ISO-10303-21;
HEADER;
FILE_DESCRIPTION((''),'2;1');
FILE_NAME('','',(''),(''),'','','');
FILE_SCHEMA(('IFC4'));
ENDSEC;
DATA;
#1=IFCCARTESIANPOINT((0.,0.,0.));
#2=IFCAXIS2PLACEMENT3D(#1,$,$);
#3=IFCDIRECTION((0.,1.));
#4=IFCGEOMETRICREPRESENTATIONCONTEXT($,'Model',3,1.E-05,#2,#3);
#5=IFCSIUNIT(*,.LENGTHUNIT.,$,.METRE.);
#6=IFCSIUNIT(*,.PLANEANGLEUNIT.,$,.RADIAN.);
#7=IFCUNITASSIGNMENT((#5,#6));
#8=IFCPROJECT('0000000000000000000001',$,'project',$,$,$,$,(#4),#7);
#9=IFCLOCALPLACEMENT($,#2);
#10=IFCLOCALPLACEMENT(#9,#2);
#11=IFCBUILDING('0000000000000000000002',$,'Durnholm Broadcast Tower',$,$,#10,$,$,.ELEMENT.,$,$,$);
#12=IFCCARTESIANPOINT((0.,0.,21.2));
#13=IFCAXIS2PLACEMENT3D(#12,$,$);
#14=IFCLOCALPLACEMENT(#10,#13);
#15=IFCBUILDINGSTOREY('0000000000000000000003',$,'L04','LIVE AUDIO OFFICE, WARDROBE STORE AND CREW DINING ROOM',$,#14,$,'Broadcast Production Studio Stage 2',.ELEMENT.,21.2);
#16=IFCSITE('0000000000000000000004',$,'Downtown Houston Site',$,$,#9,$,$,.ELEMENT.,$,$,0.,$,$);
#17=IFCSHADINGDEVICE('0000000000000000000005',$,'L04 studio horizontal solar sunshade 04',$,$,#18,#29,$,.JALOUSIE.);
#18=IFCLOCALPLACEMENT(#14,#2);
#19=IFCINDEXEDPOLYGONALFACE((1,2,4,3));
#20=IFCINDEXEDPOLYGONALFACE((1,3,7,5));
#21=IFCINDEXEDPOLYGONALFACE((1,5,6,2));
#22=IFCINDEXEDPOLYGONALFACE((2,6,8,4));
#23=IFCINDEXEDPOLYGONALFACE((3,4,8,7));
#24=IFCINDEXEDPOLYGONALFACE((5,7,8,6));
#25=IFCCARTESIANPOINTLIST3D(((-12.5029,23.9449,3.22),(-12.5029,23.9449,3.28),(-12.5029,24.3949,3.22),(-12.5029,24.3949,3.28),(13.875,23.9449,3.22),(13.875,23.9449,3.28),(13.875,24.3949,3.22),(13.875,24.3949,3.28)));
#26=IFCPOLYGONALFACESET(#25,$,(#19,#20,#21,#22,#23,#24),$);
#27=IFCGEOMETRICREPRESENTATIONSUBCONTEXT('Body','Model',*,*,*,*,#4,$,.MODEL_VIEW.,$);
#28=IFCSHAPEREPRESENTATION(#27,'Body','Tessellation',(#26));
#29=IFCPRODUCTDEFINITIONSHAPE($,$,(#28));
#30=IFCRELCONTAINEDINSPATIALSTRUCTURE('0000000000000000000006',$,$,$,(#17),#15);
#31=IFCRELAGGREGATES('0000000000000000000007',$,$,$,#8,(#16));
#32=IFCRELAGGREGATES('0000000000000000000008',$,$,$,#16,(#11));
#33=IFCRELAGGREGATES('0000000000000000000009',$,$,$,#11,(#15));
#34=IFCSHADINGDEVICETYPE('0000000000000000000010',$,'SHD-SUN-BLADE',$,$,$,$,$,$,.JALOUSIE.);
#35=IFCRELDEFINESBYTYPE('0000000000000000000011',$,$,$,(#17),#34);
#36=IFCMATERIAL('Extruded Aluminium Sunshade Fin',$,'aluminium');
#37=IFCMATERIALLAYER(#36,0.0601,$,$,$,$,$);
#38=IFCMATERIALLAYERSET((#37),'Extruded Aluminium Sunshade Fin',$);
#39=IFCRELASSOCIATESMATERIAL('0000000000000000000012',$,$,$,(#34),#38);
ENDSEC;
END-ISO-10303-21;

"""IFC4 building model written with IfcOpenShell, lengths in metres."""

from ifc_helpers import new_model, si_unit, direction, frame, origin, origin_2d, place, context, subcontext, project, spatial, rectangle, extrude, source, transform, mapped, material, layer, layer_set, type_object, type_shapes, element, save


model = new_model("IFC4")

# Units and contexts
model_context = context("Model", 3, precision=1e-05, world=origin(), true_north=direction((0.0, 1.0)))
body_context = subcontext(model_context, "Body", "Model", "MODEL_VIEW")
ifc_project = project(units=[si_unit("LENGTHUNIT", "METRE"), si_unit("PLANEANGLEUNIT", "RADIAN")], contexts=[model_context])

# Site, building, storey
site_placement = place(None, origin())
site = spatial("IfcSite", under=ifc_project, at=site_placement, Name="Downtown Houston Site", CompositionType="ELEMENT", RefElevation=0.0)
building_placement = place(site_placement, origin())
building = spatial("IfcBuilding", under=site, at=building_placement, Name="Durnholm Broadcast Tower", CompositionType="ELEMENT")
storey_placement = place(building_placement, frame((0.0, 0.0, 21.2)))
storey = spatial("IfcBuildingStorey", under=building, at=storey_placement, Name="L04", Description="LIVE AUDIO OFFICE, WARDROBE STORE AND CREW DINING ROOM", LongName="Broadcast Production Studio Stage 2", CompositionType="ELEMENT", Elevation=21.2)

# Shading device
ifc_material_1 = material(Name="Extruded Aluminium Sunshade Fin", Category="aluminium")
ifc_layer_1 = layer(ifc_material_1, 0.0601)
ifc_layer_set_1 = layer_set([ifc_layer_1], Name="Extruded Aluminium Sunshade Fin")
shading_device_type = type_object("IfcShadingDeviceType", Name="SHD-SUN-BLADE", PredefinedType="JALOUSIE", material=ifc_layer_set_1)
shared_shape_1 = source(origin(), body_context, "Body", "SweptSolid", [
    extrude(rectangle(XDim=26.3779, YDim=0.45, at=origin_2d()), origin(), (0.0, 0.0, 1.0), 0.0601),
])
type_shapes(shading_device_type, [shared_shape_1])
shading_device_placement = place(storey_placement, frame((0.686, 24.1699, 3.22), z_axis=(0.0, 0.0, 1.0), x_axis=(1.0, 0.0, 0.0)))
element("IfcShadingDevice", 1, at=shading_device_placement, inside=storey, type_object=shading_device_type, Name="L04 studio horizontal solar sunshade 04", PredefinedType="JALOUSIE", context=body_context, shape_type="MappedRepresentation", body=[
    mapped(shared_shape_1, transform((0.0, 0.0, 0.0), x_axis=(1.0, 0.0, 0.0), y_axis=(0.0, 1.0, 0.0), z_axis=(0.0, 0.0, 1.0), scale=1.0)),
])

save(model, "model.ifc")
